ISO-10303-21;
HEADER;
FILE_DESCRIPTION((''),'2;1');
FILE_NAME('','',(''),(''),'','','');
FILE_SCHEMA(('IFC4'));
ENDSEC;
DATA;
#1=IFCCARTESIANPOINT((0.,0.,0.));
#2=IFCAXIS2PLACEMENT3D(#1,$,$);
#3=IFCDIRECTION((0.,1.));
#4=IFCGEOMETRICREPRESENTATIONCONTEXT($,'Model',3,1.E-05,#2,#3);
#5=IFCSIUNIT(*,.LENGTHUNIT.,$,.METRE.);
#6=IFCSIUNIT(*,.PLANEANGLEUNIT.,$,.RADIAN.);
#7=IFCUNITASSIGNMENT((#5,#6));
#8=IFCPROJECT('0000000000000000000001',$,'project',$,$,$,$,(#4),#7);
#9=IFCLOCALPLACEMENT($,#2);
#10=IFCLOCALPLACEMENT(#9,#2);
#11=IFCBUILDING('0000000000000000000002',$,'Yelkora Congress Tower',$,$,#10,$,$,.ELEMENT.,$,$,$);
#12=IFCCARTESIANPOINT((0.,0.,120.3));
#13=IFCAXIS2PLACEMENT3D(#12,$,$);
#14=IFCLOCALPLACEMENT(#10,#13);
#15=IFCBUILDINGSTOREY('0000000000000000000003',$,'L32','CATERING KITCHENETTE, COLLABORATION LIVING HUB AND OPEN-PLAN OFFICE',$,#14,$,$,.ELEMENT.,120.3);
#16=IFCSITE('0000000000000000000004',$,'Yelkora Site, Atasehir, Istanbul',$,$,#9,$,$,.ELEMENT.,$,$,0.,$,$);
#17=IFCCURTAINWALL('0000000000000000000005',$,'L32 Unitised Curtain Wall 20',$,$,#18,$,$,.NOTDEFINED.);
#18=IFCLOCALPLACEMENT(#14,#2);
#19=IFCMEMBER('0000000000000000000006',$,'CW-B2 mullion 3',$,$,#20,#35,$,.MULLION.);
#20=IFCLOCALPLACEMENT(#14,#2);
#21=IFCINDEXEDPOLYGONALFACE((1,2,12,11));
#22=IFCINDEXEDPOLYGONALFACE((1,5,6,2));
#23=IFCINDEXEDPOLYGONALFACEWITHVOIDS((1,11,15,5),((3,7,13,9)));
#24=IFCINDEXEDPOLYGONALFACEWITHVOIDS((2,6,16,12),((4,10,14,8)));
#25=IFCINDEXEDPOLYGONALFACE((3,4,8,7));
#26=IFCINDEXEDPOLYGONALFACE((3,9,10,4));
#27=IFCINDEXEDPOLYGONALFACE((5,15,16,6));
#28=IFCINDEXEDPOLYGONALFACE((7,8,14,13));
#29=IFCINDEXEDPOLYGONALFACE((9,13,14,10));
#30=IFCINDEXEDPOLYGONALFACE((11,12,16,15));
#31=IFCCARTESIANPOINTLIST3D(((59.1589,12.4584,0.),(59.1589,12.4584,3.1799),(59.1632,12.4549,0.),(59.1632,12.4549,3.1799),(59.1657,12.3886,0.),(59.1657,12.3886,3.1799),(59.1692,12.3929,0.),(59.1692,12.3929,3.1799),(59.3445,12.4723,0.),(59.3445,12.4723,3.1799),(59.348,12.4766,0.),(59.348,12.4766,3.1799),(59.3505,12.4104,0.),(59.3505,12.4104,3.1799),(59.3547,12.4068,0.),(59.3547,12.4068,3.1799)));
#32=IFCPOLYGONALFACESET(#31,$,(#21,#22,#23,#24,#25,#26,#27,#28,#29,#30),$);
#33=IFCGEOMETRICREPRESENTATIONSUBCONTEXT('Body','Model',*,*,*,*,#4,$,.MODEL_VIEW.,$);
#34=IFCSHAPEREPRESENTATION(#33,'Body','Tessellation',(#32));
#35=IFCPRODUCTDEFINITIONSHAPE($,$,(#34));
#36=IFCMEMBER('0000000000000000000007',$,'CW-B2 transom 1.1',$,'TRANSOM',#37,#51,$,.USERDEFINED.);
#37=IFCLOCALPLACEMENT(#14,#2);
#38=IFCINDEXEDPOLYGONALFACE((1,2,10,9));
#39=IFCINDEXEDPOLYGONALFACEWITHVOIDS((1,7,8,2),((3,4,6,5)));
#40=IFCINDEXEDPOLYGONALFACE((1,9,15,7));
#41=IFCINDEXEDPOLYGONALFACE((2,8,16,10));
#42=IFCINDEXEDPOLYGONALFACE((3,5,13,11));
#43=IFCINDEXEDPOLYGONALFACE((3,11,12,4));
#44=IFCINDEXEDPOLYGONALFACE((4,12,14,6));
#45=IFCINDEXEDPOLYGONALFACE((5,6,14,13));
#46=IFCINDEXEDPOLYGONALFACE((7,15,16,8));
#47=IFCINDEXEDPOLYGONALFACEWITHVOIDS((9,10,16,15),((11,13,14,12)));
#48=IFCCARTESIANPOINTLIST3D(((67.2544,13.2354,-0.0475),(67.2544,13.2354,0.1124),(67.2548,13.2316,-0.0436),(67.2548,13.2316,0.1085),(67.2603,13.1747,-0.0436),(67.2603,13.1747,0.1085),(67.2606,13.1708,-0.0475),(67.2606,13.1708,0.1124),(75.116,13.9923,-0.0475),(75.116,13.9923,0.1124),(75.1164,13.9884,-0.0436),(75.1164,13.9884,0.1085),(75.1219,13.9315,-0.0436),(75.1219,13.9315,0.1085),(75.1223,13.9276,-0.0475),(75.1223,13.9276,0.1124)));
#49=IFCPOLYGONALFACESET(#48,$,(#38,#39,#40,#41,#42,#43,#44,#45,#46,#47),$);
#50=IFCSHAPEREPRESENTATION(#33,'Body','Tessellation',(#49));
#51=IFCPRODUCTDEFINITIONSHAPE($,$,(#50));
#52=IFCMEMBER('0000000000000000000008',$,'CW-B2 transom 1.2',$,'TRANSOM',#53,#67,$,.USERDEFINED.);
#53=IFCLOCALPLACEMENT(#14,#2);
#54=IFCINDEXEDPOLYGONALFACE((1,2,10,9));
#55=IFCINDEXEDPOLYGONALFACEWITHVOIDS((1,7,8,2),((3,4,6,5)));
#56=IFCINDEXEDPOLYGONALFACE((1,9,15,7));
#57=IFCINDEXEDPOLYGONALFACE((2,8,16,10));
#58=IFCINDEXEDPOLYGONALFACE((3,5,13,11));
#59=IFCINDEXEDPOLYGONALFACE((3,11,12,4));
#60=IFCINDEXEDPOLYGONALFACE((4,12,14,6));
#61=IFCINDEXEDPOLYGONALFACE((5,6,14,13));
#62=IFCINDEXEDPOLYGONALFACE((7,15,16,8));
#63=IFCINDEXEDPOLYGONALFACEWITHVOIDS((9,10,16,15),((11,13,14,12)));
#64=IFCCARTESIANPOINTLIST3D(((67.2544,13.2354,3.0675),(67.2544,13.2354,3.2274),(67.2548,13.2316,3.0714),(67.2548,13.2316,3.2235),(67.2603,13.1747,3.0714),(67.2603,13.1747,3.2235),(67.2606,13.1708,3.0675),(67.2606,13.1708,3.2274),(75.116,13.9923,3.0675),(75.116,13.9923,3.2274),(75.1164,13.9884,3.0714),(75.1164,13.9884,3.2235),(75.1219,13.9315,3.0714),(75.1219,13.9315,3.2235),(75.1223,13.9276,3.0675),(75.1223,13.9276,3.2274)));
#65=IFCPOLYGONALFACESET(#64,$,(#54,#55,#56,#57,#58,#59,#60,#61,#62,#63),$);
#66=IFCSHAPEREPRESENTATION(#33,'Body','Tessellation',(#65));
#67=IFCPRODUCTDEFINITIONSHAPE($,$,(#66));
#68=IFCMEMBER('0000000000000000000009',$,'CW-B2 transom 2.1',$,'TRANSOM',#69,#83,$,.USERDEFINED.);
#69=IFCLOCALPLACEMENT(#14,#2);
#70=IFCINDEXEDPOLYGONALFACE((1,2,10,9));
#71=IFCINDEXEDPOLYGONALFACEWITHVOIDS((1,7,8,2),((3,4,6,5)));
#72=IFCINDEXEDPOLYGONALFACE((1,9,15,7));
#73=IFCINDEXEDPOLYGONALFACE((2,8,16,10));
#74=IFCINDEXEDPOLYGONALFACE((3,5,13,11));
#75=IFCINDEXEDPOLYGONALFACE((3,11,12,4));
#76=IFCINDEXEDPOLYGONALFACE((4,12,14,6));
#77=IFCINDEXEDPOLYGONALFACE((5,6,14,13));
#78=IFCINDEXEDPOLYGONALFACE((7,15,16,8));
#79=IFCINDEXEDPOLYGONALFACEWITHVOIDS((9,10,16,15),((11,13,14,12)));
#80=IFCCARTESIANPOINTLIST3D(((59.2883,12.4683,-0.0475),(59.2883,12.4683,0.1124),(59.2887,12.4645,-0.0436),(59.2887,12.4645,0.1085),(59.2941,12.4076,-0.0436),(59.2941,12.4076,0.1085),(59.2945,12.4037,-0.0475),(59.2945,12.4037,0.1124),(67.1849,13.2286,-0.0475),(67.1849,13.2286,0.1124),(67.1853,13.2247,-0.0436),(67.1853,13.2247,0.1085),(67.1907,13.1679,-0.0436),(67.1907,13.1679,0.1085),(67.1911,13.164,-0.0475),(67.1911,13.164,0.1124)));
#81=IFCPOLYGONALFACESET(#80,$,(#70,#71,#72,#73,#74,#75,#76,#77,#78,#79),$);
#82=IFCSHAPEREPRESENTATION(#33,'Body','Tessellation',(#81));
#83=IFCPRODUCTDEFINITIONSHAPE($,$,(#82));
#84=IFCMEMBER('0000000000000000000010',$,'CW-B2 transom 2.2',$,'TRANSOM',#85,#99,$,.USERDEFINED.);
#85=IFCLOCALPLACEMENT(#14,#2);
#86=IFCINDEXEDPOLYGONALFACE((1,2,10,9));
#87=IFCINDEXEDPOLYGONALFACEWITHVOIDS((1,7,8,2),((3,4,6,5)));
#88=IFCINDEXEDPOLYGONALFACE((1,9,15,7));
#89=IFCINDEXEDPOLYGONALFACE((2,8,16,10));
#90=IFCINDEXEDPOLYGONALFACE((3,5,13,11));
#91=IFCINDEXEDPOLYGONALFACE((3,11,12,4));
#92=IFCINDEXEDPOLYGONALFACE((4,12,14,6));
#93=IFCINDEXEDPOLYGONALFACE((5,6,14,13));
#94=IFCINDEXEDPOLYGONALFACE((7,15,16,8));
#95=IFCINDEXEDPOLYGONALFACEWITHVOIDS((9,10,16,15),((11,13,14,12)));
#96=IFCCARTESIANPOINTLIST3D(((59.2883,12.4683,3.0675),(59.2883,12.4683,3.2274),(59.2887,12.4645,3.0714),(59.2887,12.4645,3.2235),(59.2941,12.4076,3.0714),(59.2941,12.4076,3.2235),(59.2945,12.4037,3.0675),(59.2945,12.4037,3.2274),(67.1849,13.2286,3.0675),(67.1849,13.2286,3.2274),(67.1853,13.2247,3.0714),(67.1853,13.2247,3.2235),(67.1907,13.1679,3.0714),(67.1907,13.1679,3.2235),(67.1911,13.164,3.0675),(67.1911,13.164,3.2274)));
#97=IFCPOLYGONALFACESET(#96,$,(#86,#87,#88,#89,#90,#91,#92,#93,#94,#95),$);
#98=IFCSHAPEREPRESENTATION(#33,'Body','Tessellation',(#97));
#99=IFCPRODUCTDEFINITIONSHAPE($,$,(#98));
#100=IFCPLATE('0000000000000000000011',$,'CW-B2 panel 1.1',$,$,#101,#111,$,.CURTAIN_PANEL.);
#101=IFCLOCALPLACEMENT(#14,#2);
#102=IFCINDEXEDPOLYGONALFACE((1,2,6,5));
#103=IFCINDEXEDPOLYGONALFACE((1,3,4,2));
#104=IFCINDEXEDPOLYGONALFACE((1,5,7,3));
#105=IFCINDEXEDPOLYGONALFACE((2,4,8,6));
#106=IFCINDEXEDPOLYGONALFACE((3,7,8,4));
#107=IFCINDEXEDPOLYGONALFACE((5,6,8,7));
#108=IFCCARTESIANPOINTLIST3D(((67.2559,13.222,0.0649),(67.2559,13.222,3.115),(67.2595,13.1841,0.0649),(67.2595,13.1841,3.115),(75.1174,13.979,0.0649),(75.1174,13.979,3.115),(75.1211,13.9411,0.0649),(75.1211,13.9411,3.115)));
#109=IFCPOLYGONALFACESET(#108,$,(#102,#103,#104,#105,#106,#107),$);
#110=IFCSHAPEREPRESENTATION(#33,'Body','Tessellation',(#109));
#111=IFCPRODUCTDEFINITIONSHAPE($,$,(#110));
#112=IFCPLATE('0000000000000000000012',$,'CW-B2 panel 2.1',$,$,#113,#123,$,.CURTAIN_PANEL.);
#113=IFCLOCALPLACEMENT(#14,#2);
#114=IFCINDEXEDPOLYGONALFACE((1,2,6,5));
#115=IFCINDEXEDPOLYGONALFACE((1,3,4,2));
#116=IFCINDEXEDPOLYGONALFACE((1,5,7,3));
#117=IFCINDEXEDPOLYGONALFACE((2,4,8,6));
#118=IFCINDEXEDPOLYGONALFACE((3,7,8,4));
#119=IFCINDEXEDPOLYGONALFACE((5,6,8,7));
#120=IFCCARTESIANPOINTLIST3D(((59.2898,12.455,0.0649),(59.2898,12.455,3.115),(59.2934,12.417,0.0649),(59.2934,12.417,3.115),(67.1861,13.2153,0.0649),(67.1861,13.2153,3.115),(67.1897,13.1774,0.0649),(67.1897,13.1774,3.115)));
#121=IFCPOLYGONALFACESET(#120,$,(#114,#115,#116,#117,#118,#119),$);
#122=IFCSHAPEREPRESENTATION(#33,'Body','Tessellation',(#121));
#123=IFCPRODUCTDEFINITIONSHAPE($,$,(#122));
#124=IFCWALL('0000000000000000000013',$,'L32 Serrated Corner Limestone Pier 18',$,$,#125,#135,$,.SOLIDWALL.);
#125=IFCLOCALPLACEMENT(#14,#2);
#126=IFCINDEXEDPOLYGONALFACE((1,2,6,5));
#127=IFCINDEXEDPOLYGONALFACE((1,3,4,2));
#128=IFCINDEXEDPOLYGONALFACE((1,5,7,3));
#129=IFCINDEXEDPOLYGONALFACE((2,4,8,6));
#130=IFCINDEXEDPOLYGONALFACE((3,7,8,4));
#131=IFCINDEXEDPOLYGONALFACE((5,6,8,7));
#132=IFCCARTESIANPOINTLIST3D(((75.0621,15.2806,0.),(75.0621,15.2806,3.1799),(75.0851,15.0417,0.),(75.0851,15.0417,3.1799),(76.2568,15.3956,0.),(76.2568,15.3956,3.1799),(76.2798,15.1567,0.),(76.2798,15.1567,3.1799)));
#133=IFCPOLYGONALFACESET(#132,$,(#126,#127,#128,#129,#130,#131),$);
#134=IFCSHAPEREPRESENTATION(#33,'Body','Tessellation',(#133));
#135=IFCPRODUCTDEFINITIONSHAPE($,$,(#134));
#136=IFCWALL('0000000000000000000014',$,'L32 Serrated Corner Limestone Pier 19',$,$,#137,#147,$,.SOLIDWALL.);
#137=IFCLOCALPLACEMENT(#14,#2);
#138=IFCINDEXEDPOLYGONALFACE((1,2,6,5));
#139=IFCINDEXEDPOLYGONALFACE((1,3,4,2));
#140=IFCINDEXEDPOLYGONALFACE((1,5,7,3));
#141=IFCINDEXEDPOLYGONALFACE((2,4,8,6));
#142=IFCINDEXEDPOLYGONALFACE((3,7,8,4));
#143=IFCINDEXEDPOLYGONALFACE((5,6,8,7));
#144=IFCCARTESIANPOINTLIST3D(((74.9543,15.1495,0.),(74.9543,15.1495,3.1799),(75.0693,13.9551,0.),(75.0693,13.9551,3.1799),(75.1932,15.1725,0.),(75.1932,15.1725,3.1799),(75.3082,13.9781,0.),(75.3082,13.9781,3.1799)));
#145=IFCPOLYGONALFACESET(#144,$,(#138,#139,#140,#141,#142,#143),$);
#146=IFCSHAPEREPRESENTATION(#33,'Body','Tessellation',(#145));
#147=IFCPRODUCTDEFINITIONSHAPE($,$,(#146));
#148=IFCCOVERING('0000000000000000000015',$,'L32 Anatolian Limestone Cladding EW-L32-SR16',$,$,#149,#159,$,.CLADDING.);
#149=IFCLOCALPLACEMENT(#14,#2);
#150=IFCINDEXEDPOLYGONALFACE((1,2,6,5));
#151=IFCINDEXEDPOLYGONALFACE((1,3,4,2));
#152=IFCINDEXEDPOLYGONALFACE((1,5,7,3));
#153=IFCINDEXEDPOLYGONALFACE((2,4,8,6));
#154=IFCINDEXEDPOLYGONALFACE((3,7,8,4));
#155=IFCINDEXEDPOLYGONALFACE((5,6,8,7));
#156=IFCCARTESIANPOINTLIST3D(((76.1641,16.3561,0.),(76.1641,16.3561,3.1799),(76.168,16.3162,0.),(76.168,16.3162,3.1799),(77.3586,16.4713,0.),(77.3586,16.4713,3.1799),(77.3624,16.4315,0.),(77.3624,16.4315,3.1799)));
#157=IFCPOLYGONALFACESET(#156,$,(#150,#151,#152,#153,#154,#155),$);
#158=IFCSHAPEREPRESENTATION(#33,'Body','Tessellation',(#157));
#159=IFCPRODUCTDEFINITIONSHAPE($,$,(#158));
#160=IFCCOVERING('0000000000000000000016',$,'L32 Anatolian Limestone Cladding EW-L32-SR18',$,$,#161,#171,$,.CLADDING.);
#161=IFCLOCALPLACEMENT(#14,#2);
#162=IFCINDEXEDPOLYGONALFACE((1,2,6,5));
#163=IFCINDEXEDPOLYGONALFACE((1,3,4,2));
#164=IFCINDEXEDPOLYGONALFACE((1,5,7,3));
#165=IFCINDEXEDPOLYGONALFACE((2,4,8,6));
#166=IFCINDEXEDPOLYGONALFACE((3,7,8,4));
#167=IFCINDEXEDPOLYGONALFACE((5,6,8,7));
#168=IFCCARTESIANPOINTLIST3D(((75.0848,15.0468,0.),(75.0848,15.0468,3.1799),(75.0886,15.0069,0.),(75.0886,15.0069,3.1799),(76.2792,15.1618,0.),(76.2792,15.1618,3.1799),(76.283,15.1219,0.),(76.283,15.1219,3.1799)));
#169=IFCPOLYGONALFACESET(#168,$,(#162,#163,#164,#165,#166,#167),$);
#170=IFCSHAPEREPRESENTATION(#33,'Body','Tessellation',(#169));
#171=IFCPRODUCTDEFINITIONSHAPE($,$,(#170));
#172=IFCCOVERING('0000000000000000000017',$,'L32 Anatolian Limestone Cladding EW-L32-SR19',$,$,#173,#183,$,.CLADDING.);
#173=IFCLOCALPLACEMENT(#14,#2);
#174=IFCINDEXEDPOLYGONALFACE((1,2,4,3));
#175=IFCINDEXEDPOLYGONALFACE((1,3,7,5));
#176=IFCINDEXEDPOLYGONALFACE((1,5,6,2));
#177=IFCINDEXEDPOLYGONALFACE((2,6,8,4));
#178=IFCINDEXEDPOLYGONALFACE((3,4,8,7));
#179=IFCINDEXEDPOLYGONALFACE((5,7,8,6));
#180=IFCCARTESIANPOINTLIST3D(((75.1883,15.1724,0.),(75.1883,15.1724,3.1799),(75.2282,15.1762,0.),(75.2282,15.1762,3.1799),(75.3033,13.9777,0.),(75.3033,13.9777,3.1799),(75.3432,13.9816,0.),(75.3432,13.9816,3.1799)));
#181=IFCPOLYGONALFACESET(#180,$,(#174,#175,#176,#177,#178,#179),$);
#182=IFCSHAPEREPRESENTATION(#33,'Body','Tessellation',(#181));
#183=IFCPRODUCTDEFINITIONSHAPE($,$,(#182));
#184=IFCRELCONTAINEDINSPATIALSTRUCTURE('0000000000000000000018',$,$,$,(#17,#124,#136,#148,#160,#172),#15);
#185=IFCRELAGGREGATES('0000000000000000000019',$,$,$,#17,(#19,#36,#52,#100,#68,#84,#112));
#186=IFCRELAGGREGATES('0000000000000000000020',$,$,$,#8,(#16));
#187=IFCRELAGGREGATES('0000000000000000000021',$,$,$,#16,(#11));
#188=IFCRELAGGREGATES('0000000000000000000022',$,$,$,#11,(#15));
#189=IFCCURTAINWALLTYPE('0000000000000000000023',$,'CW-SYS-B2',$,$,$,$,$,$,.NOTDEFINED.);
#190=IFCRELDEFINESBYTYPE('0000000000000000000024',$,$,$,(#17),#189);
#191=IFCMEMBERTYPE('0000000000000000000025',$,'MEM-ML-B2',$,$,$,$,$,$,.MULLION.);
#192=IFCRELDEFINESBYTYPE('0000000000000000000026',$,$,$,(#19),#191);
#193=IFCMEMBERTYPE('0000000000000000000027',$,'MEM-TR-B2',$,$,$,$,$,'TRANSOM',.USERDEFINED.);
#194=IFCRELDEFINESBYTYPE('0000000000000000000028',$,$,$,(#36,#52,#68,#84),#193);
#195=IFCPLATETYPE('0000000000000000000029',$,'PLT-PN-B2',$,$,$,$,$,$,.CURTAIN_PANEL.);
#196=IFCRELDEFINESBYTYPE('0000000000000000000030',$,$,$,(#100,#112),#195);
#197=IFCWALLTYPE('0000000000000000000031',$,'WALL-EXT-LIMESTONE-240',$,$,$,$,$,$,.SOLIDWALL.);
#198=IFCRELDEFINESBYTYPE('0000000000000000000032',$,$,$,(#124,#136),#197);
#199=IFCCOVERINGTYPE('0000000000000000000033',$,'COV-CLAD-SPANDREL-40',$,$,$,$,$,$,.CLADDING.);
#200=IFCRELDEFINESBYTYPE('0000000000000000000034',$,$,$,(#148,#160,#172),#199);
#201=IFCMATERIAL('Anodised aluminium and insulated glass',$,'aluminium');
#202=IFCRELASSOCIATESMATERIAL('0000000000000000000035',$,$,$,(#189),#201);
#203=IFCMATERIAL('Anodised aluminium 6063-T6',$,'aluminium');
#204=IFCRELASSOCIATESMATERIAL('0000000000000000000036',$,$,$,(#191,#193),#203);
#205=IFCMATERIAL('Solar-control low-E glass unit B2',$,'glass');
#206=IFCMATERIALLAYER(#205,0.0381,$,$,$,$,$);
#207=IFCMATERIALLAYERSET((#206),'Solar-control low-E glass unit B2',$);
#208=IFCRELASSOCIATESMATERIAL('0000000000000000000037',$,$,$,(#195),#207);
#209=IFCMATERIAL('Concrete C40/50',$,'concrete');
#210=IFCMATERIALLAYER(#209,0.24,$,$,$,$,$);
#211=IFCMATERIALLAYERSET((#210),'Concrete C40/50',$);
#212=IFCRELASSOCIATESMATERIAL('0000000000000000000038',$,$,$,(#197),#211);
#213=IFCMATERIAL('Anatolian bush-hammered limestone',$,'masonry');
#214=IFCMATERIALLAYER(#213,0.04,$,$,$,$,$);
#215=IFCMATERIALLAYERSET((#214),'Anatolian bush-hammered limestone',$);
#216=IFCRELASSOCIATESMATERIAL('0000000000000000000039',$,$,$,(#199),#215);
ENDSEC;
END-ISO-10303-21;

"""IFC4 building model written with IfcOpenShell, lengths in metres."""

from ifc_helpers import new_model, si_unit, direction, frame, frame_2d, origin, origin_2d, place, context, subcontext, project, spatial, rectangle, hollow_rectangle, extrude, material, layer, layer_set, material_profile, profile_set, type_object, element, aggregate, save


model = new_model("IFC4")

# Units and contexts
model_context = context("Model", 3, precision=1e-05, world=origin(), true_north=direction((0.0, 1.0)))
body_context = subcontext(model_context, "Body", "Model", "MODEL_VIEW")
ifc_project = project(units=[si_unit("LENGTHUNIT", "METRE"), si_unit("PLANEANGLEUNIT", "RADIAN")], contexts=[model_context])

# Site, building, storey
site_placement = place(None, origin())
site = spatial("IfcSite", under=ifc_project, at=site_placement, Name="Yelkora Site, Atasehir, Istanbul", CompositionType="ELEMENT", RefElevation=0.0)
building_placement = place(site_placement, origin())
building = spatial("IfcBuilding", under=site, at=building_placement, Name="Yelkora Congress Tower", CompositionType="ELEMENT")
storey_placement = place(building_placement, frame((0.0, 0.0, 120.3)))
storey = spatial("IfcBuildingStorey", under=building, at=storey_placement, Name="L32", Description="CATERING KITCHENETTE, COLLABORATION LIVING HUB AND OPEN-PLAN OFFICE", CompositionType="ELEMENT", Elevation=120.3)

# Curtain wall, members, plates
ifc_material_1 = material(Name="Anodised aluminium and insulated glass", Category="aluminium")
curtain_wall_type = type_object("IfcCurtainWallType", Name="CW-SYS-B2", PredefinedType="NOTDEFINED", material=ifc_material_1)
curtain_wall_placement = place(storey_placement, origin())
curtain_wall = element("IfcCurtainWall", 1, at=curtain_wall_placement, inside=storey, type_object=curtain_wall_type, Name="L32 Unitised Curtain Wall 20", PredefinedType="NOTDEFINED")
ifc_material_2 = material(Name="Anodised aluminium 6063-T6", Category="aluminium")
ifc_material_profile_1 = material_profile(ifc_material_2, hollow_rectangle(XDim=0.0701, YDim=0.1899, WallThickness=0.0039, at=origin_2d()), Name="ALU 70x190x4")
ifc_profile_set_1 = profile_set([ifc_material_profile_1], Name="Anodised aluminium 6063-T6")
member_type_1 = type_object("IfcMemberType", Name="MEM-ML-B2", PredefinedType="MULLION", material=ifc_profile_set_1)
member_1_placement = place(storey_placement, frame((59.2568, 12.4326, 0.0), z_axis=(0.0, 0.0, 1.0), x_axis=(0.095844, -0.995396, 0.0)))
member_1 = element("IfcMember", 2, at=member_1_placement, type_object=member_type_1, Name="CW-B2 mullion 3", PredefinedType="MULLION", context=body_context, shape_type="SweptSolid", body=[
    extrude(hollow_rectangle(XDim=0.0701, YDim=0.1899, WallThickness=0.0039, at=origin_2d()), origin(), (0.0, 0.0, 1.0), 3.1799),
])
ifc_material_profile_2 = material_profile(ifc_material_2, hollow_rectangle(XDim=0.0649, YDim=0.1599, WallThickness=0.0039, at=origin_2d()), Name="ALU 65x160x4")
ifc_profile_set_2 = profile_set([ifc_material_profile_2], Name="Anodised aluminium 6063-T6")
member_type_2 = type_object("IfcMemberType", Name="MEM-TR-B2", ElementType="TRANSOM", PredefinedType="USERDEFINED", material=ifc_profile_set_2)
member_2_placement = place(storey_placement, frame((75.1191, 13.96, 0.0325), z_axis=(-0.995398, -0.095827, 0.0), x_axis=(0.095827, -0.995398, 0.0)))
member_2 = element("IfcMember", 3, at=member_2_placement, type_object=member_type_2, Name="CW-B2 transom 1.1", ObjectType="TRANSOM", PredefinedType="USERDEFINED", context=body_context, shape_type="SweptSolid", body=[
    extrude(hollow_rectangle(XDim=0.0649, YDim=0.1599, WallThickness=0.0039, at=origin_2d()), origin(), (0.0, 0.0, 1.0), 7.8979),
])
member_3_placement = place(storey_placement, frame((75.1191, 13.96, 3.1475), z_axis=(-0.995398, -0.095827, 0.0), x_axis=(0.095827, -0.995398, 0.0)))
member_3 = element("IfcMember", 4, at=member_3_placement, type_object=member_type_2, Name="CW-B2 transom 1.2", ObjectType="TRANSOM", PredefinedType="USERDEFINED", context=body_context, shape_type="SweptSolid", body=[
    extrude(hollow_rectangle(XDim=0.0649, YDim=0.1599, WallThickness=0.0039, at=origin_2d()), origin(), (0.0, 0.0, 1.0), 7.8979),
])
member_4_placement = place(storey_placement, frame((67.188, 13.1963, 0.0325), z_axis=(-0.995397, -0.095834, 0.0), x_axis=(0.095834, -0.995397, 0.0)))
member_4 = element("IfcMember", 5, at=member_4_placement, type_object=member_type_2, Name="CW-B2 transom 2.1", ObjectType="TRANSOM", PredefinedType="USERDEFINED", context=body_context, shape_type="SweptSolid", body=[
    extrude(hollow_rectangle(XDim=0.0649, YDim=0.1599, WallThickness=0.0039, at=origin_2d()), origin(), (0.0, 0.0, 1.0), 7.9331),
])
member_5_placement = place(storey_placement, frame((67.188, 13.1963, 3.1475), z_axis=(-0.995397, -0.095834, 0.0), x_axis=(0.095834, -0.995397, 0.0)))
member_5 = element("IfcMember", 6, at=member_5_placement, type_object=member_type_2, Name="CW-B2 transom 2.2", ObjectType="TRANSOM", PredefinedType="USERDEFINED", context=body_context, shape_type="SweptSolid", body=[
    extrude(hollow_rectangle(XDim=0.0649, YDim=0.1599, WallThickness=0.0039, at=origin_2d()), origin(), (0.0, 0.0, 1.0), 7.9331),
])
ifc_material_3 = material(Name="Solar-control low-E glass unit B2", Category="glass")
ifc_layer_1 = layer(ifc_material_3, 0.0381)
ifc_layer_set_1 = layer_set([ifc_layer_1], Name="Solar-control low-E glass unit B2")
plate_type = type_object("IfcPlateType", Name="PLT-PN-B2", PredefinedType="CURTAIN_PANEL", material=ifc_layer_set_1)
plate_1_placement = place(storey_placement, frame((71.1885, 13.5815, 0.0649), z_axis=(0.0, 0.0, 1.0), x_axis=(-0.995396, -0.095844, 0.0)))
plate_1 = element("IfcPlate", 7, at=plate_1_placement, type_object=plate_type, Name="CW-B2 panel 1.1", PredefinedType="CURTAIN_PANEL", context=body_context, shape_type="SweptSolid", body=[
    extrude(rectangle(XDim=7.8979, YDim=0.0381, at=origin_2d()), origin(), (0.0, 0.0, 1.0), 3.05),
])
plate_2_placement = place(storey_placement, frame((63.2397, 12.8162, 0.0649), z_axis=(0.0, 0.0, 1.0), x_axis=(-0.995396, -0.095844, 0.0)))
plate_2 = element("IfcPlate", 8, at=plate_2_placement, type_object=plate_type, Name="CW-B2 panel 2.1", PredefinedType="CURTAIN_PANEL", context=body_context, shape_type="SweptSolid", body=[
    extrude(rectangle(XDim=7.9329, YDim=0.0381, at=origin_2d()), origin(), (0.0, 0.0, 1.0), 3.05),
])
aggregate(curtain_wall, [member_1, member_2, member_3, plate_1, member_4, member_5, plate_2])

# Walls
ifc_material_4 = material(Name="Concrete C40/50", Category="concrete")
ifc_layer_2 = layer(ifc_material_4, 0.24)
ifc_layer_set_2 = layer_set([ifc_layer_2], Name="Concrete C40/50")
wall_type = type_object("IfcWallType", Name="WALL-EXT-LIMESTONE-240", PredefinedType="SOLIDWALL", material=ifc_layer_set_2)
wall_1_placement = place(storey_placement, frame((76.2683, 15.2761, 0.0), z_axis=(0.0, 0.0, 1.0), x_axis=(-0.995399, -0.095817, 0.0)))
element("IfcWall", 9, at=wall_1_placement, inside=storey, type_object=wall_type, Name="L32 Serrated Corner Limestone Pier 18", PredefinedType="SOLIDWALL", context=body_context, shape_type="SweptSolid", body=[
    extrude(rectangle(XDim=1.2002, YDim=0.24, at=frame_2d((0.6001, 0.0))), origin(), (0.0, 0.0, 1.0), 3.1799),
])
wall_2_placement = place(storey_placement, frame((75.0737, 15.1611, 0.0), z_axis=(0.0, 0.0, 1.0), x_axis=(0.095836, -0.995397, 0.0)))
element("IfcWall", 10, at=wall_2_placement, inside=storey, type_object=wall_type, Name="L32 Serrated Corner Limestone Pier 19", PredefinedType="SOLIDWALL", context=body_context, shape_type="SweptSolid", body=[
    extrude(rectangle(XDim=1.2, YDim=0.24, at=frame_2d((0.6001, 0.0))), origin(), (0.0, 0.0, 1.0), 3.1799),
])

# Coverings
ifc_material_5 = material(Name="Anatolian bush-hammered limestone", Category="masonry")
ifc_layer_3 = layer(ifc_material_5, 0.04)
ifc_layer_set_3 = layer_set([ifc_layer_3], Name="Anatolian bush-hammered limestone")
covering_type = type_object("IfcCoveringType", Name="COV-CLAD-SPANDREL-40", PredefinedType="CLADDING", material=ifc_layer_set_3)
for number, where, z_axis, x_axis, name in (
    (11, (77.3606, 16.4514, 0.0), (0.0, 0.0, 1.0), (-0.995378, -0.096038, 0.0), "L32 Anatolian Limestone Cladding EW-L32-SR16"),
    (12, (76.2812, 15.1418, 0.0), (0.0, 0.0, 1.0), (-0.995397, -0.095836, 0.0), "L32 Anatolian Limestone Cladding EW-L32-SR18"),
):
    element("IfcCovering", number, at=place(storey_placement, frame(where, z_axis=z_axis, x_axis=x_axis)), inside=storey, type_object=covering_type, Name=name, PredefinedType="CLADDING", context=body_context, shape_type="SweptSolid", body=[
        extrude(rectangle(XDim=1.2, YDim=0.04, at=frame_2d((0.6001, 0.0))), origin(), (0.0, 0.0, 1.0), 3.1799),
    ])
covering_placement = place(storey_placement, frame((75.2083, 15.1743, 0.0), z_axis=(0.0, 0.0, 1.0), x_axis=(0.095817, -0.995399, 0.0)))
element("IfcCovering", 13, at=covering_placement, inside=storey, type_object=covering_type, Name="L32 Anatolian Limestone Cladding EW-L32-SR19", PredefinedType="CLADDING", context=body_context, shape_type="SweptSolid", body=[
    extrude(rectangle(XDim=1.2002, YDim=0.04, at=frame_2d((0.6001, 0.0))), origin(), (0.0, 0.0, 1.0), 3.1799),
])

save(model, "model.ifc")
